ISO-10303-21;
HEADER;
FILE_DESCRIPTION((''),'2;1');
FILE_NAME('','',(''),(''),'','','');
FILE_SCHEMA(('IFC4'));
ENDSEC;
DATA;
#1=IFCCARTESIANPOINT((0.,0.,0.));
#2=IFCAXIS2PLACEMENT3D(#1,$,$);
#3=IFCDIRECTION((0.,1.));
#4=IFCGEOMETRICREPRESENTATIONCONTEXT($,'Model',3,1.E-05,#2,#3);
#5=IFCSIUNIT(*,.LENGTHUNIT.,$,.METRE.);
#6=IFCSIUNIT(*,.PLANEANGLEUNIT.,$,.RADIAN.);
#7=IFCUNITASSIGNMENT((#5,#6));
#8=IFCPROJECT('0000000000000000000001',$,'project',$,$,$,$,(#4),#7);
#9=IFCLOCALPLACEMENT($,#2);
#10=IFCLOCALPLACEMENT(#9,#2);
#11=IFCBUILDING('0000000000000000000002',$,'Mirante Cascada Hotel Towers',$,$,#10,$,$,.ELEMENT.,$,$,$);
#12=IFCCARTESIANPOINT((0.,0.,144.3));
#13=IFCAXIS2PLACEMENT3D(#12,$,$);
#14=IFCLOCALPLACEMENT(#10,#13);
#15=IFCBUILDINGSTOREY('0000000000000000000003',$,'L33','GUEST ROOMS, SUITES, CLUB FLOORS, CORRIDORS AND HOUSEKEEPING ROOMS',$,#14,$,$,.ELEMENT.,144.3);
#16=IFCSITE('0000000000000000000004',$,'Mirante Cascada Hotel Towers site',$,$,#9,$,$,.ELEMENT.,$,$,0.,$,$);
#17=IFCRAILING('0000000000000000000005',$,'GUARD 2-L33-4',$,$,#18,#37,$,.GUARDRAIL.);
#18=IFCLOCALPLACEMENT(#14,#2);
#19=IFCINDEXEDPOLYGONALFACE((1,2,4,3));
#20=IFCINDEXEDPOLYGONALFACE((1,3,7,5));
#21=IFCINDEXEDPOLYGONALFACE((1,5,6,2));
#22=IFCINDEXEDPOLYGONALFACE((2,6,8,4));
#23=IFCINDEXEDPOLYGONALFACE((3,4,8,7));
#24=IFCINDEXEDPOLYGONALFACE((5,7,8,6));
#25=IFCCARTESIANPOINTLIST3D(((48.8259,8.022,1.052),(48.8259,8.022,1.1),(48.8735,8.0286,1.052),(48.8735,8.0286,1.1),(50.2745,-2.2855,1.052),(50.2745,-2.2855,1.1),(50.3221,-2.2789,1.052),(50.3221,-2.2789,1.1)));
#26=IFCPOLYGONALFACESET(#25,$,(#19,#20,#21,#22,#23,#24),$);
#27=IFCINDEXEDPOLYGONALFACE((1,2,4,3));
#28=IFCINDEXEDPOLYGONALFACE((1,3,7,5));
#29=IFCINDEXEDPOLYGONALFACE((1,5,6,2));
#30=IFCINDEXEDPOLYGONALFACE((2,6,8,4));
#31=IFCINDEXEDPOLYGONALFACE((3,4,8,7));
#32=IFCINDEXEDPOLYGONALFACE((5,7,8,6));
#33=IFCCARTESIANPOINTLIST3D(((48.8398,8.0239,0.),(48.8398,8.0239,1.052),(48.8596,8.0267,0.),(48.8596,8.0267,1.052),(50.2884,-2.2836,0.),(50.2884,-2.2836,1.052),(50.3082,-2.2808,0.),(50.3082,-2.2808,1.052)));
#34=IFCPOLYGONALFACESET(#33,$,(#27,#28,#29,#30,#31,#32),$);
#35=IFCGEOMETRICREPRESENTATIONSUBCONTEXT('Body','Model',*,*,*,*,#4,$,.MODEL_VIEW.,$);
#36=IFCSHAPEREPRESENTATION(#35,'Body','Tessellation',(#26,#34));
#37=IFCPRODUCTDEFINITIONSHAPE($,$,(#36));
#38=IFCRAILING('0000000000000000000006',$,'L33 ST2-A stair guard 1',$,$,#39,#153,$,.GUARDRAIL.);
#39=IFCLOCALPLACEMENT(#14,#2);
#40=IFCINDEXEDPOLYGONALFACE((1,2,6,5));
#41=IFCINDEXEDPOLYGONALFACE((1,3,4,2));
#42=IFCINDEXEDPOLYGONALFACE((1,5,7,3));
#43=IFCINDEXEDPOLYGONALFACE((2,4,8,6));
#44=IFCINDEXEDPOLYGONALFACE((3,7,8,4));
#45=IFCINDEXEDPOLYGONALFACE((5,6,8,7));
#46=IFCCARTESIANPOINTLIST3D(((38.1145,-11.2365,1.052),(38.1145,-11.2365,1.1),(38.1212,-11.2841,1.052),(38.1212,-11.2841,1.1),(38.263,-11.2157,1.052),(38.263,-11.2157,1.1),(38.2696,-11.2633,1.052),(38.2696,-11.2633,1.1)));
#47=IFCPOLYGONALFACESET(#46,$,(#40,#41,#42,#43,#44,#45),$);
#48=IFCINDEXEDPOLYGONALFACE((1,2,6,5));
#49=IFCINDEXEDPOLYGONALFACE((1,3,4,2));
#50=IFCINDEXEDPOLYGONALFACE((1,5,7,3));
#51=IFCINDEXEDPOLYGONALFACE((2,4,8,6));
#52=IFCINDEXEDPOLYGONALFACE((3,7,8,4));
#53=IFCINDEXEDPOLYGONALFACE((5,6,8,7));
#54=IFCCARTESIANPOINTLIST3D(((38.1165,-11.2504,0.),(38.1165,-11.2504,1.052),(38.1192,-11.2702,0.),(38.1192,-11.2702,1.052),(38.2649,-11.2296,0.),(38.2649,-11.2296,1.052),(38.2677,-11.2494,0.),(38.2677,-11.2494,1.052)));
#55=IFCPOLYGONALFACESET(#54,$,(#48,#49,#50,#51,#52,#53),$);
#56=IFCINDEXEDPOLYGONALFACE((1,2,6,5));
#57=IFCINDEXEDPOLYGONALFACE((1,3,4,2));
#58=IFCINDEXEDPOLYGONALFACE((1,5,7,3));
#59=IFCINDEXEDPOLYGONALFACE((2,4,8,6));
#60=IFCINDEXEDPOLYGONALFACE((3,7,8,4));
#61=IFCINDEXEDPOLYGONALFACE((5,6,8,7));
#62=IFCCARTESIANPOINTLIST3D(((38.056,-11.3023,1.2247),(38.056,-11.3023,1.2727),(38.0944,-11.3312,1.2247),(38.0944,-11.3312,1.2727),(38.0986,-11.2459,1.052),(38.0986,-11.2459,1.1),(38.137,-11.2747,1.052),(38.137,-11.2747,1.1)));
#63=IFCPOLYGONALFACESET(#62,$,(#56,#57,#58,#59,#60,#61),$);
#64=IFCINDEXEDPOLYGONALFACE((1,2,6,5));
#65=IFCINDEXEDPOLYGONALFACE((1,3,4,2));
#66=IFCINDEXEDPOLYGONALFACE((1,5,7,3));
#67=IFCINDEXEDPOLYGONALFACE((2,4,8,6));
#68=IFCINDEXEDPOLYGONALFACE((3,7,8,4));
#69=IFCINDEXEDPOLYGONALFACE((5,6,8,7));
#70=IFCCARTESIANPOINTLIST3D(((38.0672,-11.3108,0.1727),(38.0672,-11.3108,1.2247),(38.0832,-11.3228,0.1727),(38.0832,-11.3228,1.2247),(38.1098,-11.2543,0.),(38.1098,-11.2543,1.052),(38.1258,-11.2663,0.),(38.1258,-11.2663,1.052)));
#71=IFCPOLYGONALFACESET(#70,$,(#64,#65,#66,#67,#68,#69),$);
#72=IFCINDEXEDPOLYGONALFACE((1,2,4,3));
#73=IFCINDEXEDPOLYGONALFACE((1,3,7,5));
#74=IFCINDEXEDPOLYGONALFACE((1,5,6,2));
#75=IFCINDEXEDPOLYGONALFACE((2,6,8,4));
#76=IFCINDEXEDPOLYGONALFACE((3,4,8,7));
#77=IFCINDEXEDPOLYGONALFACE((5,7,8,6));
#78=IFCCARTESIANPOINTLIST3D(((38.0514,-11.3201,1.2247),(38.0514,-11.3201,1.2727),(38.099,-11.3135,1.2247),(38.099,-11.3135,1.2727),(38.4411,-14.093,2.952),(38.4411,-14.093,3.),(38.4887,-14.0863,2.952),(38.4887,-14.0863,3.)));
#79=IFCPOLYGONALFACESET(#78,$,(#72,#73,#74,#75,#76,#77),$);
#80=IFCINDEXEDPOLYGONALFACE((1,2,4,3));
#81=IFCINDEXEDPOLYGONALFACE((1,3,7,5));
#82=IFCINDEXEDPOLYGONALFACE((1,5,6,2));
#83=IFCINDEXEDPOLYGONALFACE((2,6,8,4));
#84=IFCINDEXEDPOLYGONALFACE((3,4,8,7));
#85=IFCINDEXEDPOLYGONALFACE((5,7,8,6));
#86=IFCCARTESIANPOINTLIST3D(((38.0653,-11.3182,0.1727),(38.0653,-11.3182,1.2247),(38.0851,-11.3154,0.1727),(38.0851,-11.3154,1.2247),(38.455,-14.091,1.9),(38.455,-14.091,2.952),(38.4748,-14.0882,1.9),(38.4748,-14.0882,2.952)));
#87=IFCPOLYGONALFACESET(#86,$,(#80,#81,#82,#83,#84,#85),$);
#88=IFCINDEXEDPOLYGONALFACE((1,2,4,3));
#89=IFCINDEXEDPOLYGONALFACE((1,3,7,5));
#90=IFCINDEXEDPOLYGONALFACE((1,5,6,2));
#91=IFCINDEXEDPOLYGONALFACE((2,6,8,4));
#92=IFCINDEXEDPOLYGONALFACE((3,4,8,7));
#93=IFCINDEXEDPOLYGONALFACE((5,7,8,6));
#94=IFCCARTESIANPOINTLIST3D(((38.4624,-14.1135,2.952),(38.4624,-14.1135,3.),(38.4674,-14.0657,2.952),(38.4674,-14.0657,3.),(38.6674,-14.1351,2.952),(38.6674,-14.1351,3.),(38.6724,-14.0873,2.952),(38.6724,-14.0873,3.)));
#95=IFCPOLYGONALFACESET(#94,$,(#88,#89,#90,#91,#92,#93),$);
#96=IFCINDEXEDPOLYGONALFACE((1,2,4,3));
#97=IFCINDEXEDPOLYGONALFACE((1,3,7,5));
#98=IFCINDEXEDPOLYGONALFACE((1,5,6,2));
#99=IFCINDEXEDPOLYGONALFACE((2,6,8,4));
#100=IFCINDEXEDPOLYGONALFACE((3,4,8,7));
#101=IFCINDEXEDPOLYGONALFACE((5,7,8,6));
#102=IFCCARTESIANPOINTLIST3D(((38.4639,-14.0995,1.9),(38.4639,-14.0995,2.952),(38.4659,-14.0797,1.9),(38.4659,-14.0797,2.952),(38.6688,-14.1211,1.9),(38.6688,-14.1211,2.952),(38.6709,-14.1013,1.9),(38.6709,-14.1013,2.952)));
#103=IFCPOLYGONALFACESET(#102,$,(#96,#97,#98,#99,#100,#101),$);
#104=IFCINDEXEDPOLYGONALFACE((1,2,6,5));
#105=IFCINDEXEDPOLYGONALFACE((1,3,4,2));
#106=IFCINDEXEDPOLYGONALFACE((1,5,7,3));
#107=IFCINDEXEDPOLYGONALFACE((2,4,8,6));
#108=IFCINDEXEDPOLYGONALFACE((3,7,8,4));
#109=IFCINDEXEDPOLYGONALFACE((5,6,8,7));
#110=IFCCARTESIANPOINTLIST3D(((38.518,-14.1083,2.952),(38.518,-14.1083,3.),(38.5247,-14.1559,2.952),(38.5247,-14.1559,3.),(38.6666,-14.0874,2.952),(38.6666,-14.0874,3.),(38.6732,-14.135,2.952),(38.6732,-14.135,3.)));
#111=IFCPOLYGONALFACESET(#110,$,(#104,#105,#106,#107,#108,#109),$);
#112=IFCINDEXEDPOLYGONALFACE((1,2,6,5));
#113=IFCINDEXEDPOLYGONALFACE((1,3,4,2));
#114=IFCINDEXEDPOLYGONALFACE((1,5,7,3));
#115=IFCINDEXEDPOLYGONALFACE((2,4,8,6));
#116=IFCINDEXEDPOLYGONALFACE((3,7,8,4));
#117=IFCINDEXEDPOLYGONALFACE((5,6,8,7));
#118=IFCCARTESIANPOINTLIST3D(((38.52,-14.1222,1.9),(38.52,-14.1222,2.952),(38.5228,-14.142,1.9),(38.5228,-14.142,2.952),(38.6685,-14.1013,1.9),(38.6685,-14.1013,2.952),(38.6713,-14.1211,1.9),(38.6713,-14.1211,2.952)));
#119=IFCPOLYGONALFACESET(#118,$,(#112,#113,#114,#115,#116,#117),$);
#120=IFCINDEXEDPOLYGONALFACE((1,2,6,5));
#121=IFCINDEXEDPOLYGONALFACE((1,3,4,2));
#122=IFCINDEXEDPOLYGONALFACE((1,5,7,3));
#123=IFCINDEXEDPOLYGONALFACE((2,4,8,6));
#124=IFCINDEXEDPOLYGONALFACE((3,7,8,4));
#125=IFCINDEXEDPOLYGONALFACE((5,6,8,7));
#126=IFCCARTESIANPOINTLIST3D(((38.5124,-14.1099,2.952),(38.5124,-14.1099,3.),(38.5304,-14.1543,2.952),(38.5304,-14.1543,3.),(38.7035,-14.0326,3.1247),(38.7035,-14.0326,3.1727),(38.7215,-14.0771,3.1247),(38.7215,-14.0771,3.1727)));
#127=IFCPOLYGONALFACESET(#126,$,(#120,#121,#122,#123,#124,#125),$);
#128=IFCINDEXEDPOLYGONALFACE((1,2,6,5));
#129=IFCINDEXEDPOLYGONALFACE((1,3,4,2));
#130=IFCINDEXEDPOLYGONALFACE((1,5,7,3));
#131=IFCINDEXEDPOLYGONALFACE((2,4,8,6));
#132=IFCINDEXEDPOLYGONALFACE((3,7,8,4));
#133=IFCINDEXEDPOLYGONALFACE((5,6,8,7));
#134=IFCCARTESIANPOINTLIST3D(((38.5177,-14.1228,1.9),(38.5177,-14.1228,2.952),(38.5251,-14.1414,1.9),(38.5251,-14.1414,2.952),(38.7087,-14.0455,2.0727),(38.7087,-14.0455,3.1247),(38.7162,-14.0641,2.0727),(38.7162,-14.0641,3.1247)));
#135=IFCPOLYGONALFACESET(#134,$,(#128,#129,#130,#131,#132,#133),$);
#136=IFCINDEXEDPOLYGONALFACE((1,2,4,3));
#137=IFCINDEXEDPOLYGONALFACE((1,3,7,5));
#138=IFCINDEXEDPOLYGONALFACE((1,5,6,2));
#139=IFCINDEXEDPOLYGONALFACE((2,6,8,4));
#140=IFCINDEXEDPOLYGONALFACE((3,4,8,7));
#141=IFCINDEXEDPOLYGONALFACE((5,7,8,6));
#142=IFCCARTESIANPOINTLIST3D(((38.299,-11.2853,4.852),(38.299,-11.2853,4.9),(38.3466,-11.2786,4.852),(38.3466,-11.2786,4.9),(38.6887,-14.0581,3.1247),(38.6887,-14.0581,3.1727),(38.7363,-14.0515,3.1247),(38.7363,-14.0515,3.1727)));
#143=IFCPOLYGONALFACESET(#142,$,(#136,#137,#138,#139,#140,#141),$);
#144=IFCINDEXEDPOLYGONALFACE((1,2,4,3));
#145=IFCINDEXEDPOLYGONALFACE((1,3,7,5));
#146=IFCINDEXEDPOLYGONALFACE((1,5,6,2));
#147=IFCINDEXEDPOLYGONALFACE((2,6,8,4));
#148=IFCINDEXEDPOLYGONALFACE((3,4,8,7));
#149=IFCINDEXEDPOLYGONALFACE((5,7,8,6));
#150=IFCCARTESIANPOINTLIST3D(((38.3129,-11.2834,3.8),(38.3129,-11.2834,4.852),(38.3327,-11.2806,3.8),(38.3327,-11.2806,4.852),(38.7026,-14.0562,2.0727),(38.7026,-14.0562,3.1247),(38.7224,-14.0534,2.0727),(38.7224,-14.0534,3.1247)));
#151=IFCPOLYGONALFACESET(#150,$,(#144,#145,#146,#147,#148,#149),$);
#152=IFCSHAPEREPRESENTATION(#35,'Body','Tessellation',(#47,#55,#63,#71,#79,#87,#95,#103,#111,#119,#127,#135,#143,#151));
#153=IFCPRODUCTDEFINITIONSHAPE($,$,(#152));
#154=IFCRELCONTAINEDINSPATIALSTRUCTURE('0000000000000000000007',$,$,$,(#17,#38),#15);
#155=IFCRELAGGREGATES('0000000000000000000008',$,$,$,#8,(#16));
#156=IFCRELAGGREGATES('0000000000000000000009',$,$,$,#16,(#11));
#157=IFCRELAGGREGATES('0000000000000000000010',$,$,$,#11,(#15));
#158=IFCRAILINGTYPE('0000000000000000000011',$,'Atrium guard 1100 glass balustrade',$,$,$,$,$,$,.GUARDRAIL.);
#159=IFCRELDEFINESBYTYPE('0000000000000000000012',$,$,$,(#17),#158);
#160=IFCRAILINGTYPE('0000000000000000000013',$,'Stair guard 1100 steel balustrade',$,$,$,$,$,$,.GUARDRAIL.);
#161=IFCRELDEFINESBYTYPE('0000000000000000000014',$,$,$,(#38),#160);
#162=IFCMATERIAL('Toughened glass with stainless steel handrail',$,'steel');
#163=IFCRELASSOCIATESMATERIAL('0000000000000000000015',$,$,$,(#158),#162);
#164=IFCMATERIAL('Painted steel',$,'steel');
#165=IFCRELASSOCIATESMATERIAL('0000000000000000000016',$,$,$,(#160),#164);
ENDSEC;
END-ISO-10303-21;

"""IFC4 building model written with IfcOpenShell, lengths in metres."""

from ifc_helpers import new_model, si_unit, direction, frame, origin, origin_2d, place, context, subcontext, project, spatial, rectangle, extrude, material, type_object, element, save


model = new_model("IFC4")

# Units and contexts
model_context = context("Model", 3, precision=1e-05, world=origin(), true_north=direction((0.0, 1.0)))
body_context = subcontext(model_context, "Body", "Model", "MODEL_VIEW")
ifc_project = project(units=[si_unit("LENGTHUNIT", "METRE"), si_unit("PLANEANGLEUNIT", "RADIAN")], contexts=[model_context])

# Site, building, storey
site_placement = place(None, origin())
site = spatial("IfcSite", under=ifc_project, at=site_placement, Name="Mirante Cascada Hotel Towers site", CompositionType="ELEMENT", RefElevation=0.0)
building_placement = place(site_placement, origin())
building = spatial("IfcBuilding", under=site, at=building_placement, Name="Mirante Cascada Hotel Towers", CompositionType="ELEMENT")
storey_placement = place(building_placement, frame((0.0, 0.0, 144.3)))
storey = spatial("IfcBuildingStorey", under=building, at=storey_placement, Name="L33", Description="GUEST ROOMS, SUITES, CLUB FLOORS, CORRIDORS AND HOUSEKEEPING ROOMS", CompositionType="ELEMENT", Elevation=144.3)

# Railings
ifc_material_1 = material(Name="Toughened glass with stainless steel handrail", Category="steel")
railing_type_1 = type_object("IfcRailingType", Name="Atrium guard 1100 glass balustrade", PredefinedType="GUARDRAIL", material=ifc_material_1)
railing_1_placement = place(storey_placement, frame((50.2983, -2.2822, 0.0)))
element("IfcRailing", 1, at=railing_1_placement, inside=storey, type_object=railing_type_1, Name="GUARD 2-L33-4", PredefinedType="GUARDRAIL", context=body_context, shape_type="SweptSolid", body=[
    extrude(rectangle(XDim=0.048, YDim=0.048, at=origin_2d()), frame((0.0, 0.0, 1.076), z_axis=(-0.139171, 0.990268, 0.0), x_axis=(-0.990268, -0.139171, 0.0)), (0.0, 0.0, 1.0), 10.4088),
    extrude(rectangle(XDim=0.02, YDim=1.052, at=origin_2d()), frame((0.0, 0.0, 0.526), z_axis=(-0.139171, 0.990268, 0.0), x_axis=(-0.990268, -0.139171, 0.0)), (0.0, 0.0, 1.0), 10.4088),
])
ifc_material_2 = material(Name="Painted steel", Category="steel")
railing_type_2 = type_object("IfcRailingType", Name="Stair guard 1100 steel balustrade", PredefinedType="GUARDRAIL", material=ifc_material_2)
railing_2_placement = place(storey_placement, frame((38.2663, -11.2395, 0.0)))
element("IfcRailing", 2, at=railing_2_placement, inside=storey, type_object=railing_type_2, Name="L33 ST2-A stair guard 1", PredefinedType="GUARDRAIL", context=body_context, shape_type="SweptSolid", body=[
    extrude(rectangle(XDim=0.048, YDim=0.048, at=origin_2d()), frame((0.0, 0.0, 1.076), z_axis=(-0.990333, -0.138713, 0.0), x_axis=(0.138713, -0.990333, 0.0)), (0.0, 0.0, 1.0), 0.1499),
    extrude(rectangle(XDim=0.02, YDim=1.052, at=origin_2d()), frame((0.0, 0.0, 0.526), z_axis=(-0.990333, -0.138713, 0.0), x_axis=(0.138713, -0.990333, 0.0)), (0.0, 0.0, 1.0), 0.1499),
    extrude(rectangle(XDim=0.048, YDim=0.048, at=origin_2d()), frame((-0.1485, -0.0208, 1.076), z_axis=(-0.602033, -0.798471, 0.0), x_axis=(0.798471, -0.602033, 0.0)), (0.0, 0.92534, 0.379139), 0.1866),
    extrude(rectangle(XDim=0.02, YDim=1.052, at=origin_2d()), frame((-0.1485, -0.0208, 0.526), z_axis=(-0.602033, -0.798471, 0.0), x_axis=(0.798471, -0.602033, 0.0)), (0.0, 0.92534, 0.379139), 0.1866),
    extrude(rectangle(XDim=0.048, YDim=0.048, at=origin_2d()), frame((-0.1911, -0.0773, 1.2487), z_axis=(0.139176, -0.990268, 0.0), x_axis=(0.990268, 0.139176, 0.0)), (0.0, 0.525021, 0.851089), 3.29),
    extrude(rectangle(XDim=0.02, YDim=1.052, at=origin_2d()), frame((-0.1911, -0.0773, 0.6987), z_axis=(0.139176, -0.990268, 0.0), x_axis=(0.990268, 0.139176, 0.0)), (0.0, 0.525021, 0.851089), 3.29),
    extrude(rectangle(XDim=0.048, YDim=0.048, at=origin_2d()), frame((0.1986, -2.8501, 2.976), z_axis=(0.994495, -0.104786, 0.0), x_axis=(0.104786, 0.994495, 0.0)), (0.0, 0.0, 1.0), 0.2061),
    extrude(rectangle(XDim=0.02, YDim=1.052, at=origin_2d()), frame((0.1986, -2.8501, 2.426), z_axis=(0.994495, -0.104786, 0.0), x_axis=(0.104786, 0.994495, 0.0)), (0.0, 0.0, 1.0), 0.2061),
    extrude(rectangle(XDim=0.048, YDim=0.048, at=origin_2d()), frame((0.4036, -2.8717, 2.976), z_axis=(-0.990241, -0.139367, 0.0), x_axis=(0.139367, -0.990241, 0.0)), (0.0, 0.0, 1.0), 0.15),
    extrude(rectangle(XDim=0.02, YDim=1.052, at=origin_2d()), frame((0.4036, -2.8717, 2.426), z_axis=(-0.990241, -0.139367, 0.0), x_axis=(0.139367, -0.990241, 0.0)), (0.0, 0.0, 1.0), 0.15),
    extrude(rectangle(XDim=0.048, YDim=0.048, at=origin_2d()), frame((0.2551, -2.8926, 2.976), z_axis=(0.927031, 0.374984, 0.0), x_axis=(-0.374984, 0.927031, 0.0)), (0.0, 0.64219, 0.766545), 0.2689),
    extrude(rectangle(XDim=0.02, YDim=1.052, at=origin_2d()), frame((0.2551, -2.8926, 2.426), z_axis=(0.927031, 0.374984, 0.0), x_axis=(-0.374984, 0.927031, 0.0)), (0.0, 0.64219, 0.766545), 0.2689),
    extrude(rectangle(XDim=0.048, YDim=0.048, at=origin_2d()), frame((0.4462, -2.8153, 3.1487), z_axis=(-0.139176, 0.990268, 0.0), x_axis=(-0.990268, -0.139176, 0.0)), (0.0, 0.525021, 0.851089), 3.29),
    extrude(rectangle(XDim=0.02, YDim=1.052, at=origin_2d()), frame((0.4462, -2.8153, 2.5987), z_axis=(-0.139176, 0.990268, 0.0), x_axis=(-0.990268, -0.139176, 0.0)), (0.0, 0.525021, 0.851089), 3.29),
])

save(model, "model.ifc")
